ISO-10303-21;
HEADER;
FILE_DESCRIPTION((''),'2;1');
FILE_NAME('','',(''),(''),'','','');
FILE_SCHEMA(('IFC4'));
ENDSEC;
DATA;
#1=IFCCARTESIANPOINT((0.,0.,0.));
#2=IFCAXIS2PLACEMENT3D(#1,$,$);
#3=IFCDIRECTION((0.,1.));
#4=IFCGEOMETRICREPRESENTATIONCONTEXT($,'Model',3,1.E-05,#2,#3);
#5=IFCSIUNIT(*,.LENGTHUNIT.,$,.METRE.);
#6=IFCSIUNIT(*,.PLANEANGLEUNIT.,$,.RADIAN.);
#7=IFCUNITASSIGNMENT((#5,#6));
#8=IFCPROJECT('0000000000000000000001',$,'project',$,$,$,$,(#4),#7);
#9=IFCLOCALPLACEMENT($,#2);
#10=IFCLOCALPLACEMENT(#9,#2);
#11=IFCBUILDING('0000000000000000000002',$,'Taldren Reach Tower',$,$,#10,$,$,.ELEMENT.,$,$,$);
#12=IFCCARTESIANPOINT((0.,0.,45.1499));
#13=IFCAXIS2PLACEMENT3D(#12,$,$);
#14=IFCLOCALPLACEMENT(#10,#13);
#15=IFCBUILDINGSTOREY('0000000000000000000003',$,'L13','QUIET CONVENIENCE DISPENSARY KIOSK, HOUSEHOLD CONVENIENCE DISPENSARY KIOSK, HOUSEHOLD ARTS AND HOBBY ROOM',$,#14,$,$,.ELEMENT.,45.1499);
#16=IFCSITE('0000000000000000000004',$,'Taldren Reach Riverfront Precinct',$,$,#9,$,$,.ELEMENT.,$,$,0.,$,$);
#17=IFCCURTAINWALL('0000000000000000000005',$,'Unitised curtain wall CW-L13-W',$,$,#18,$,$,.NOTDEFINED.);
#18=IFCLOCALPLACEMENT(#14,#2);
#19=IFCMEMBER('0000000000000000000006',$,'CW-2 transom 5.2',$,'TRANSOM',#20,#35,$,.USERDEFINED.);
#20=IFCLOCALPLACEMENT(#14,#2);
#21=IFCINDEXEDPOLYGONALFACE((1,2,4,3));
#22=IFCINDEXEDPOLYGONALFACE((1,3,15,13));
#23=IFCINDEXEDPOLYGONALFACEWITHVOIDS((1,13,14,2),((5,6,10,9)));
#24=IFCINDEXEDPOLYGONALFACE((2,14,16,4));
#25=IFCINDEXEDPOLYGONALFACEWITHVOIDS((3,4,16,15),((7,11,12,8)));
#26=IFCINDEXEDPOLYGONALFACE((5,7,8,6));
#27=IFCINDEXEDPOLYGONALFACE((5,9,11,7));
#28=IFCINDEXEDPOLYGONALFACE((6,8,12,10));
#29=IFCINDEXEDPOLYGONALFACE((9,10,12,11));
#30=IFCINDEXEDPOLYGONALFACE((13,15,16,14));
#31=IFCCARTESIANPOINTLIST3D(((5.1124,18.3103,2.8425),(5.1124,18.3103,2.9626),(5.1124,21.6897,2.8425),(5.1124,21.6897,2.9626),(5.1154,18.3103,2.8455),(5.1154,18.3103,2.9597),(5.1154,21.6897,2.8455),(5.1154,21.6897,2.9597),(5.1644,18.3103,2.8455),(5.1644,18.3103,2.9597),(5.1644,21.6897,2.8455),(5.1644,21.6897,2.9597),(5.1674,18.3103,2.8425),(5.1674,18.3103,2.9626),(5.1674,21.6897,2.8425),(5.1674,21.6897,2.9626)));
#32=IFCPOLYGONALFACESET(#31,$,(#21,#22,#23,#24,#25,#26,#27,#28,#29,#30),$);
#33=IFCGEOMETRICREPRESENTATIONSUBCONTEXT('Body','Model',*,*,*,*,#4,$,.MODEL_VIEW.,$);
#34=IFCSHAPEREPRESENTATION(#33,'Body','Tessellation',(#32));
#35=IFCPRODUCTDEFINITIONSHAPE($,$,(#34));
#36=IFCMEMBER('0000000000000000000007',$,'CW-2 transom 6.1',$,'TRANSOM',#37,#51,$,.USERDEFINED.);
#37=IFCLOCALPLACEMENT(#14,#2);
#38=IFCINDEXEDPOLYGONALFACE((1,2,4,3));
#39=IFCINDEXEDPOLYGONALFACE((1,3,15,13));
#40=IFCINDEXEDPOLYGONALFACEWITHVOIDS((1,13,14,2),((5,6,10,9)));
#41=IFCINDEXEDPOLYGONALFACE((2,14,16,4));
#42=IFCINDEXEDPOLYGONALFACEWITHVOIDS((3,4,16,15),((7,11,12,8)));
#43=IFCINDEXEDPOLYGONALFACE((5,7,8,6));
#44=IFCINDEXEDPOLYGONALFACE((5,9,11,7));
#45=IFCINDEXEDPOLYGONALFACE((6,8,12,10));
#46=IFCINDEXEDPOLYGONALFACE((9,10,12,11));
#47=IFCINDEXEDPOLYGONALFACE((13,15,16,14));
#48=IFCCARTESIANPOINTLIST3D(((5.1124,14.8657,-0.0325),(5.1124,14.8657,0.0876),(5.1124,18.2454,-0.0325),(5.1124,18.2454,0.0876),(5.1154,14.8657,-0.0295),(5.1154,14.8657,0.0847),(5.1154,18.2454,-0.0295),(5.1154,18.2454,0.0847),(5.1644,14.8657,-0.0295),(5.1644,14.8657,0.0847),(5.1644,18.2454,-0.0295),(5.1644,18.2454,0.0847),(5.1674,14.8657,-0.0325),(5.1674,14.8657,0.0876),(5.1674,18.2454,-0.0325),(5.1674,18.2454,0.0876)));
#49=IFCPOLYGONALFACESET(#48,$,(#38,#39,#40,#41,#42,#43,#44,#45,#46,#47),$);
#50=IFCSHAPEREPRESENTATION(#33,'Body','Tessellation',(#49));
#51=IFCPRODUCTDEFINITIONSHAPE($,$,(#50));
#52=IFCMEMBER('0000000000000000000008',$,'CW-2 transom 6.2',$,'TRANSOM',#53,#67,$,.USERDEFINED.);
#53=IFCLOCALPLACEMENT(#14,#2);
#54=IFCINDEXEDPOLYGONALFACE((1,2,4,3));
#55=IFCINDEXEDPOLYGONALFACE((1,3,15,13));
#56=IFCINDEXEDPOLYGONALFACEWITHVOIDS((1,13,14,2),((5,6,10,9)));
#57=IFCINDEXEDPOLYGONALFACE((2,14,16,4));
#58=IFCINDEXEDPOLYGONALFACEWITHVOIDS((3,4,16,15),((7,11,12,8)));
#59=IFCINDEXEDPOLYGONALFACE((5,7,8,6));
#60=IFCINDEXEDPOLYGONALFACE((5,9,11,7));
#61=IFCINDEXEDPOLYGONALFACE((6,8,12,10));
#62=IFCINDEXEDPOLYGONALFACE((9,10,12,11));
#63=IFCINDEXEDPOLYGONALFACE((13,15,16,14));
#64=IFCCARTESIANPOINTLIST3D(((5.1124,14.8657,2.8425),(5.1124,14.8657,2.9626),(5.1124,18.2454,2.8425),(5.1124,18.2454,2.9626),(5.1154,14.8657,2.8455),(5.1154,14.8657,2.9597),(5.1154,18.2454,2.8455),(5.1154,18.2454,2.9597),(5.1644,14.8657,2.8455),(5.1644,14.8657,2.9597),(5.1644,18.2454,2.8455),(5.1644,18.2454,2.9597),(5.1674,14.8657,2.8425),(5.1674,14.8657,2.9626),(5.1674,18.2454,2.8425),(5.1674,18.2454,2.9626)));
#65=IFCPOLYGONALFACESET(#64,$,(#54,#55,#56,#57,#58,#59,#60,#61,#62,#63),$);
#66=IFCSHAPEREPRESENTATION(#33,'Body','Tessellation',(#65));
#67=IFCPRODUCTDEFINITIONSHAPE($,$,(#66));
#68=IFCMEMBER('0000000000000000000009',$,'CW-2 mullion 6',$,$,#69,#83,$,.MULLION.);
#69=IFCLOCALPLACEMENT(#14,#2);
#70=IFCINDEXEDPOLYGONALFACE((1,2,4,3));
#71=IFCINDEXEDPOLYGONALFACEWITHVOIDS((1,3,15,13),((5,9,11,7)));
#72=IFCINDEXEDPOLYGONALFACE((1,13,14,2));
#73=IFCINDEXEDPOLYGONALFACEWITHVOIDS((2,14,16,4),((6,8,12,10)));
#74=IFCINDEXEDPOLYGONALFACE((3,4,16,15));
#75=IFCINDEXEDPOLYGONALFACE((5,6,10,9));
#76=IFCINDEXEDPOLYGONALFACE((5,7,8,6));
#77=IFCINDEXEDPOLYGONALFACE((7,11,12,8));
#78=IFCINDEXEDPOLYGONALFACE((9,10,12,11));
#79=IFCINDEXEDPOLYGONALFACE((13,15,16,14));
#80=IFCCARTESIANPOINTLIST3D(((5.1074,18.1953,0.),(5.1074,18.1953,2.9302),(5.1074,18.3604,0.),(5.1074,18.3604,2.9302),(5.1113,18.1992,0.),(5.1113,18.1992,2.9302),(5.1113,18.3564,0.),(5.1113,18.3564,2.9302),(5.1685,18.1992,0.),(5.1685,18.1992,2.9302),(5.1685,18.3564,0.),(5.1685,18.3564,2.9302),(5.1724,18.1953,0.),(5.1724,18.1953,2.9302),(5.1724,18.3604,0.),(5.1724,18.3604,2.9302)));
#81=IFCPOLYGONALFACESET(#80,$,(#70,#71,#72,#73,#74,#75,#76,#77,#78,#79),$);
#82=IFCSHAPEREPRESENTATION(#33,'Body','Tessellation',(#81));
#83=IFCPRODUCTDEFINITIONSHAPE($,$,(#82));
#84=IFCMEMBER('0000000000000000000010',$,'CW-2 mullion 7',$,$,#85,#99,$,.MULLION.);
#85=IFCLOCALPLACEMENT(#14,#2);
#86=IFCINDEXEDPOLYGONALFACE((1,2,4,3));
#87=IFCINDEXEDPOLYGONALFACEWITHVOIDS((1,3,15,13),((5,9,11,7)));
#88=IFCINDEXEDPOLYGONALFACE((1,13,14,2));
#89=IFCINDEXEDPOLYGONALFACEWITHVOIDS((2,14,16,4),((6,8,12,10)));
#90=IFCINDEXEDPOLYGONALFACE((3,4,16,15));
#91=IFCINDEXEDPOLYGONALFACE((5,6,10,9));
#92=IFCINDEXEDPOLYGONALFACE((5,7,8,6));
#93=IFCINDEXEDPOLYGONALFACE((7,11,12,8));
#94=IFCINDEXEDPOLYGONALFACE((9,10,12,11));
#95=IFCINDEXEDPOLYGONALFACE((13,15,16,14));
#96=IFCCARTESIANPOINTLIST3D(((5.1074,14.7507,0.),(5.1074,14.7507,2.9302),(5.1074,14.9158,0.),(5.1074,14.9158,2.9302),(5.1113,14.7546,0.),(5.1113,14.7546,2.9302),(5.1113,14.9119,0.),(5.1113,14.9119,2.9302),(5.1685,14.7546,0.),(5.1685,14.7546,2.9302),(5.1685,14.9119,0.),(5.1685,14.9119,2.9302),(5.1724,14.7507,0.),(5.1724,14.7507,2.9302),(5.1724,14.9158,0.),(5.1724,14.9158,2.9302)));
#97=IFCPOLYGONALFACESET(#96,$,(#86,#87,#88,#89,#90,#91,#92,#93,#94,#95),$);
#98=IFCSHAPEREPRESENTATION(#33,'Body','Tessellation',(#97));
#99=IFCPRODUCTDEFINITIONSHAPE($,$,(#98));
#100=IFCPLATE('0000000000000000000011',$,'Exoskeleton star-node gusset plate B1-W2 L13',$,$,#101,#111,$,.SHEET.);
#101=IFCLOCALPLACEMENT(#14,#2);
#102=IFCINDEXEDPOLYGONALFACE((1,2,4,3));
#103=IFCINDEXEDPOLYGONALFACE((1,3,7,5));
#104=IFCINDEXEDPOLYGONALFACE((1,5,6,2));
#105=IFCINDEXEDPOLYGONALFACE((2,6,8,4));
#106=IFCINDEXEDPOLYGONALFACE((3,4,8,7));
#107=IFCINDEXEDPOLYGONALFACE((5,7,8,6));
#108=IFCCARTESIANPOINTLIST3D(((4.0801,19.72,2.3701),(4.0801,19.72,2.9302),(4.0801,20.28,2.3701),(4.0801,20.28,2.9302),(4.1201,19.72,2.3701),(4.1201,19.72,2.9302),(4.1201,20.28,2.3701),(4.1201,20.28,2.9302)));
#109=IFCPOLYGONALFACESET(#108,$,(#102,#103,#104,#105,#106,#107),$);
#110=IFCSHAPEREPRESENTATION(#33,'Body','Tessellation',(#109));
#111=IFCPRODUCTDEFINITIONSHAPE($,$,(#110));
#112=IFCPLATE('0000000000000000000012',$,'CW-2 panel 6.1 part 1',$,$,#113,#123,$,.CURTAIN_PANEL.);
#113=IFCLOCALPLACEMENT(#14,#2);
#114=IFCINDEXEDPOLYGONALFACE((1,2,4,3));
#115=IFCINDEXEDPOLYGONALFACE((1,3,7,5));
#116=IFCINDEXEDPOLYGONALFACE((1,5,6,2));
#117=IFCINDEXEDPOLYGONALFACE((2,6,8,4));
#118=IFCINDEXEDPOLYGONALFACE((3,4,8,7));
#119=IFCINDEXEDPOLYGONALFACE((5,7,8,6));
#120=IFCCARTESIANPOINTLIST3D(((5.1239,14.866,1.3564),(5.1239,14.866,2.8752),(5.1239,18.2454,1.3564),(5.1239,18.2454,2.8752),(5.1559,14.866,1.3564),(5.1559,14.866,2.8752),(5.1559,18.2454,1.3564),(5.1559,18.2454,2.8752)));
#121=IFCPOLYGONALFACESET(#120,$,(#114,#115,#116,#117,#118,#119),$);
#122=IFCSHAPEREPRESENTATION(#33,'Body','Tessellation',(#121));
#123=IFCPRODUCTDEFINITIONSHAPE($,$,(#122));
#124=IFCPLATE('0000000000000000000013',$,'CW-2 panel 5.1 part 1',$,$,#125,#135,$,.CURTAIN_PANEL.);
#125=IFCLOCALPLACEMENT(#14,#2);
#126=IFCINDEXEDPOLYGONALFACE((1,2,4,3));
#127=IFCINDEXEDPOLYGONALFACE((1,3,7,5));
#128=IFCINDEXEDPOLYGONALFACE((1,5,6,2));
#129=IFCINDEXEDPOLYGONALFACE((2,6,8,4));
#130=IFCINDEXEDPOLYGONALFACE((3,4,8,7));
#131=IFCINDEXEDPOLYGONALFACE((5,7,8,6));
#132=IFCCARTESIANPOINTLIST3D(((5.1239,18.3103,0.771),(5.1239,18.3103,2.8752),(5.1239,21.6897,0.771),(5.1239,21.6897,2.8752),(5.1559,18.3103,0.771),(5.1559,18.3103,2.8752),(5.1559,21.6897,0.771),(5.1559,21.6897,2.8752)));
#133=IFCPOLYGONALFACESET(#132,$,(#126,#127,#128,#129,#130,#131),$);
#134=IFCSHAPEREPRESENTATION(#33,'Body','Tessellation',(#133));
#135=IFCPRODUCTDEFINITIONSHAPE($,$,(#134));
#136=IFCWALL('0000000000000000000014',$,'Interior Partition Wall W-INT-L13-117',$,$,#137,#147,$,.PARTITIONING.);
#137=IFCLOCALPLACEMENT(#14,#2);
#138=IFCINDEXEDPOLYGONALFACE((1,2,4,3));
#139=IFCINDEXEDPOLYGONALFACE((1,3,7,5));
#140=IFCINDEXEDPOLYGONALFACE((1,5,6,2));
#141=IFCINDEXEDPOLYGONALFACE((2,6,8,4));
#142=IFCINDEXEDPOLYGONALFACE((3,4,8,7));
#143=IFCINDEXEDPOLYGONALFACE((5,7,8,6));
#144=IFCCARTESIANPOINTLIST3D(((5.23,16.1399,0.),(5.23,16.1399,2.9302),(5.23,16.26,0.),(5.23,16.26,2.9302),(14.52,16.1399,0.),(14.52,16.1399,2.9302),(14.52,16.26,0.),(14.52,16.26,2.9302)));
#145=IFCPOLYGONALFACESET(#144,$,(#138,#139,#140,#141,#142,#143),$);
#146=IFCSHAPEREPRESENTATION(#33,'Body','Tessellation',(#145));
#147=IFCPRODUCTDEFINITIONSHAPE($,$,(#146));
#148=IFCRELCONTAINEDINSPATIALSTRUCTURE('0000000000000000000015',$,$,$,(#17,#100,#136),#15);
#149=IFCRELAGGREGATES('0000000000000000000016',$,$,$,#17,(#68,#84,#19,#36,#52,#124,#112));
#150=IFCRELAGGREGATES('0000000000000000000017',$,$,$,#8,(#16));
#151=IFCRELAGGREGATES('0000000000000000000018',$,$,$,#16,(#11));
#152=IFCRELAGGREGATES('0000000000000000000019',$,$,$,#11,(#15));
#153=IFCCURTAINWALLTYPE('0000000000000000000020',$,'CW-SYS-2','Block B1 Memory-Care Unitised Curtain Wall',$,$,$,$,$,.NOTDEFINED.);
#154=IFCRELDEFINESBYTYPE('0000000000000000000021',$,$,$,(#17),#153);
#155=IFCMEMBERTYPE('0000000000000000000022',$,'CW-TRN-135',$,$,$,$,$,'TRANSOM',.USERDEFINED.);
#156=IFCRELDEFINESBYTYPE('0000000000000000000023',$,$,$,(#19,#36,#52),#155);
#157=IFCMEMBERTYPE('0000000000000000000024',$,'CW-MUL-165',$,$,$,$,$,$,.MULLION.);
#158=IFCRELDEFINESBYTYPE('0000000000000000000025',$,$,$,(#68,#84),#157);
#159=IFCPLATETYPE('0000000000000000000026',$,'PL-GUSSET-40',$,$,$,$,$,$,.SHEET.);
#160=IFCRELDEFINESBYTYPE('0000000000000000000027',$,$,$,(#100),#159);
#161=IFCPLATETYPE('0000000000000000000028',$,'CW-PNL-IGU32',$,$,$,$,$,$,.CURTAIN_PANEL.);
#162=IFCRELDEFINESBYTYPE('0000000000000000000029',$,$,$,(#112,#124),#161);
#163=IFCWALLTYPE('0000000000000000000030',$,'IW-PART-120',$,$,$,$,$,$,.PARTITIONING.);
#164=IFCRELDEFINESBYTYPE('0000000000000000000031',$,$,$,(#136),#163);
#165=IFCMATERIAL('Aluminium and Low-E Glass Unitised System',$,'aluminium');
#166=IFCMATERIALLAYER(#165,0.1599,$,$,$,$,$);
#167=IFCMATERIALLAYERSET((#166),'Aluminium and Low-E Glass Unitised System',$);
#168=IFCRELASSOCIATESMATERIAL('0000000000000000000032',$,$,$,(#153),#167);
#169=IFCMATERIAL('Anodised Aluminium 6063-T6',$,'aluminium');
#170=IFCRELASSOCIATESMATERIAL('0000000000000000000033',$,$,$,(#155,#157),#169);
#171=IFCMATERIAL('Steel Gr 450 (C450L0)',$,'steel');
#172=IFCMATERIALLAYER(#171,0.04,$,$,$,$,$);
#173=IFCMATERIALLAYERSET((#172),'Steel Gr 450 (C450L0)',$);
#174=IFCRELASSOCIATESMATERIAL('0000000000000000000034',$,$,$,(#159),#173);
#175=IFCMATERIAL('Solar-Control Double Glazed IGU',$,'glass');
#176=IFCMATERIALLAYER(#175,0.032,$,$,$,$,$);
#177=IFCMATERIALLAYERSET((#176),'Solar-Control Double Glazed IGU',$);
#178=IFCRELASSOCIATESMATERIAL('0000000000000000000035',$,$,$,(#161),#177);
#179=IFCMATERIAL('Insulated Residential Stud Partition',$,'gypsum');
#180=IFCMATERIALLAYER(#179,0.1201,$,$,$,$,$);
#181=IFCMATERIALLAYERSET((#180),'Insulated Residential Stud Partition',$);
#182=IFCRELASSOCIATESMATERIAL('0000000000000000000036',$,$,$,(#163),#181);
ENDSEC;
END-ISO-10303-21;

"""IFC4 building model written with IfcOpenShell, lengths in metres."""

from ifc_helpers import new_model, si_unit, direction, frame, frame_2d, origin, origin_2d, place, context, subcontext, project, spatial, rectangle, hollow_rectangle, extrude, source, transform, mapped, material, layer, layer_set, material_profile, profile_set, type_object, element, aggregate, save


model = new_model("IFC4")

# Units and contexts
model_context = context("Model", 3, precision=1e-05, world=origin(), true_north=direction((0.0, 1.0)))
body_context = subcontext(model_context, "Body", "Model", "MODEL_VIEW")
ifc_project = project(units=[si_unit("LENGTHUNIT", "METRE"), si_unit("PLANEANGLEUNIT", "RADIAN")], contexts=[model_context])

# Site, building, storey
site_placement = place(None, origin())
site = spatial("IfcSite", under=ifc_project, at=site_placement, Name="Taldren Reach Riverfront Precinct", CompositionType="ELEMENT", RefElevation=0.0)
building_placement = place(site_placement, origin())
building = spatial("IfcBuilding", under=site, at=building_placement, Name="Taldren Reach Tower", CompositionType="ELEMENT")
storey_placement = place(building_placement, frame((0.0, 0.0, 45.1499)))
storey = spatial("IfcBuildingStorey", under=building, at=storey_placement, Name="L13", Description="QUIET CONVENIENCE DISPENSARY KIOSK, HOUSEHOLD CONVENIENCE DISPENSARY KIOSK, HOUSEHOLD ARTS AND HOBBY ROOM", CompositionType="ELEMENT", Elevation=45.1499)

# Shared definitions
ifc_material_1 = material(Name="Steel Gr 450 (C450L0)", Category="steel")

# Curtain wall, members
ifc_material_2 = material(Name="Aluminium and Low-E Glass Unitised System", Category="aluminium")
ifc_layer_1 = layer(ifc_material_2, 0.1599)
ifc_layer_set_1 = layer_set([ifc_layer_1], Name="Aluminium and Low-E Glass Unitised System")
curtain_wall_type = type_object("IfcCurtainWallType", Name="CW-SYS-2", Description="Block B1 Memory-Care Unitised Curtain Wall", PredefinedType="NOTDEFINED", material=ifc_layer_set_1)
curtain_wall_placement = place(storey_placement, origin())
curtain_wall = element("IfcCurtainWall", 1, at=curtain_wall_placement, inside=storey, type_object=curtain_wall_type, Name="Unitised curtain wall CW-L13-W", PredefinedType="NOTDEFINED")
ifc_material_3 = material(Name="Anodised Aluminium 6063-T6", Category="aluminium")
ifc_material_profile_1 = material_profile(ifc_material_3, hollow_rectangle(XDim=0.0549, YDim=0.1201, WallThickness=0.0029, at=origin_2d()), Name="ALU-120x55x3RHS")
ifc_profile_set_1 = profile_set([ifc_material_profile_1], Name="Anodised Aluminium 6063-T6")
member_type_1 = type_object("IfcMemberType", Name="CW-TRN-135", ElementType="TRANSOM", PredefinedType="USERDEFINED", material=ifc_profile_set_1)
shared_shape_1 = source(origin(), body_context, "Body", "SweptSolid", [
    extrude(hollow_rectangle(XDim=0.0549, YDim=0.1201, WallThickness=0.0029, at=origin_2d()), origin(), (0.0, 0.0, 1.0), 3.3794),
])
member_1_placement = place(storey_placement, frame((5.1399, 21.6897, 2.9026), z_axis=(0.0, -1.0, 0.0), x_axis=(1.0, 0.0, 0.0)))
member_1 = element("IfcMember", 2, at=member_1_placement, type_object=member_type_1, Name="CW-2 transom 5.2", ObjectType="TRANSOM", PredefinedType="USERDEFINED", context=body_context, shape_type="MappedRepresentation", body=[
    mapped(shared_shape_1, transform((0.0, 0.0, 0.0), scale=1.0)),
])
shared_shape_2 = source(origin(), body_context, "Body", "SweptSolid", [
    extrude(hollow_rectangle(XDim=0.0549, YDim=0.1201, WallThickness=0.0029, at=origin_2d()), origin(), (0.0, 0.0, 1.0), 3.3796),
])
member_2_placement = place(storey_placement, frame((5.1399, 18.2454, 0.0276), z_axis=(0.0, -1.0, 0.0), x_axis=(1.0, 0.0, 0.0)))
member_2 = element("IfcMember", 3, at=member_2_placement, type_object=member_type_1, Name="CW-2 transom 6.1", ObjectType="TRANSOM", PredefinedType="USERDEFINED", context=body_context, shape_type="MappedRepresentation", body=[
    mapped(shared_shape_2, transform((0.0, 0.0, 0.0), scale=1.0)),
])
member_3_placement = place(storey_placement, frame((5.1399, 18.2454, 2.9026), z_axis=(0.0, -1.0, 0.0), x_axis=(1.0, 0.0, 0.0)))
member_3 = element("IfcMember", 4, at=member_3_placement, type_object=member_type_1, Name="CW-2 transom 6.2", ObjectType="TRANSOM", PredefinedType="USERDEFINED", context=body_context, shape_type="MappedRepresentation", body=[
    mapped(shared_shape_2, transform((0.0, 0.0, 0.0), scale=1.0)),
])
ifc_material_profile_2 = material_profile(ifc_material_3, hollow_rectangle(XDim=0.0649, YDim=0.165, WallThickness=0.0039, at=origin_2d()), Name="ALU-165x65x4RHS")
ifc_profile_set_2 = profile_set([ifc_material_profile_2], Name="Anodised Aluminium 6063-T6")
member_type_2 = type_object("IfcMemberType", Name="CW-MUL-165", PredefinedType="MULLION", material=ifc_profile_set_2)
shared_shape_3 = source(origin(), body_context, "Body", "SweptSolid", [
    extrude(hollow_rectangle(XDim=0.0649, YDim=0.165, WallThickness=0.0039, at=origin_2d()), origin(), (0.0, 0.0, 1.0), 2.9302),
])
member_4_placement = place(storey_placement, frame((5.1399, 18.2778, 0.0), z_axis=(0.0, 0.0, 1.0), x_axis=(1.0, 0.0, 0.0)))
member_4 = element("IfcMember", 5, at=member_4_placement, type_object=member_type_2, Name="CW-2 mullion 6", PredefinedType="MULLION", context=body_context, shape_type="MappedRepresentation", body=[
    mapped(shared_shape_3, transform((0.0, 0.0, 0.0), scale=1.0)),
])
member_5_placement = place(storey_placement, frame((5.1399, 14.8333, 0.0), z_axis=(0.0, 0.0, 1.0), x_axis=(1.0, 0.0, 0.0)))
member_5 = element("IfcMember", 6, at=member_5_placement, type_object=member_type_2, Name="CW-2 mullion 7", PredefinedType="MULLION", context=body_context, shape_type="MappedRepresentation", body=[
    mapped(shared_shape_3, transform((0.0, 0.0, 0.0), scale=1.0)),
])

# Plates
ifc_layer_2 = layer(ifc_material_1, 0.04)
ifc_layer_set_2 = layer_set([ifc_layer_2], Name="Steel Gr 450 (C450L0)")
plate_type_1 = type_object("IfcPlateType", Name="PL-GUSSET-40", PredefinedType="SHEET", material=ifc_layer_set_2)
shared_shape_4 = source(origin(), body_context, "Body", "SweptSolid", [
    extrude(rectangle(XDim=0.5601, YDim=0.04, at=origin_2d()), origin(), (0.0, 0.0, 1.0), 0.5601),
])
plate_1_placement = place(storey_placement, frame((4.1001, 20.0, 2.3701), z_axis=(0.0, 0.0, 1.0), x_axis=(0.0, 1.0, 0.0)))
element("IfcPlate", 7, at=plate_1_placement, inside=storey, type_object=plate_type_1, Name="Exoskeleton star-node gusset plate B1-W2 L13", PredefinedType="SHEET", context=body_context, shape_type="MappedRepresentation", body=[
    mapped(shared_shape_4, transform((0.0, 0.0, 0.0), scale=1.0)),
])
ifc_material_4 = material(Name="Solar-Control Double Glazed IGU", Category="glass")
ifc_layer_3 = layer(ifc_material_4, 0.032)
ifc_layer_set_3 = layer_set([ifc_layer_3], Name="Solar-Control Double Glazed IGU")
plate_type_2 = type_object("IfcPlateType", Name="CW-PNL-IGU32", PredefinedType="CURTAIN_PANEL", material=ifc_layer_set_3)
shared_shape_5 = source(origin(), body_context, "Body", "SweptSolid", [
    extrude(rectangle(XDim=3.3794, YDim=0.032, at=origin_2d()), origin(), (0.0, 0.0, 1.0), 1.5188),
])
plate_2_placement = place(storey_placement, frame((5.1399, 16.5557, 1.3564), z_axis=(0.0, 0.0, 1.0), x_axis=(0.0, -1.0, 0.0)))
plate_2 = element("IfcPlate", 8, at=plate_2_placement, type_object=plate_type_2, Name="CW-2 panel 6.1 part 1", PredefinedType="CURTAIN_PANEL", context=body_context, shape_type="MappedRepresentation", body=[
    mapped(shared_shape_5, transform((0.0, 0.0, 0.0), scale=1.0)),
])
shared_shape_6 = source(origin(), body_context, "Body", "SweptSolid", [
    extrude(rectangle(XDim=3.3794, YDim=0.032, at=origin_2d()), origin(), (0.0, 0.0, 1.0), 2.1042),
])
plate_3_placement = place(storey_placement, frame((5.1399, 20.0, 0.771), z_axis=(0.0, 0.0, 1.0), x_axis=(0.0, -1.0, 0.0)))
plate_3 = element("IfcPlate", 9, at=plate_3_placement, type_object=plate_type_2, Name="CW-2 panel 5.1 part 1", PredefinedType="CURTAIN_PANEL", context=body_context, shape_type="MappedRepresentation", body=[
    mapped(shared_shape_6, transform((0.0, 0.0, 0.0), scale=1.0)),
])
aggregate(curtain_wall, [member_4, member_5, member_1, member_2, member_3, plate_3, plate_2])

# Wall
ifc_material_5 = material(Name="Insulated Residential Stud Partition", Category="gypsum")
ifc_layer_4 = layer(ifc_material_5, 0.1201)
ifc_layer_set_4 = layer_set([ifc_layer_4], Name="Insulated Residential Stud Partition")
wall_type_1 = type_object("IfcWallType", Name="IW-PART-120", PredefinedType="PARTITIONING", material=ifc_layer_set_4)
shared_shape_7 = source(origin(), body_context, "Body", "SweptSolid", [
    extrude(rectangle(XDim=9.29, YDim=0.1201, at=frame_2d((4.645, 0.0))), origin(), (0.0, 0.0, 1.0), 2.9302),
])
wall_1_placement = place(storey_placement, frame((5.23, 16.2, 0.0), z_axis=(0.0, 0.0, 1.0), x_axis=(1.0, 0.0, 0.0)))
element("IfcWall", 10, at=wall_1_placement, inside=storey, type_object=wall_type_1, Name="Interior Partition Wall W-INT-L13-117", PredefinedType="PARTITIONING", context=body_context, shape_type="MappedRepresentation", body=[
    mapped(shared_shape_7, transform((0.0, 0.0, 0.0), scale=1.0)),
])

save(model, "model.ifc")
